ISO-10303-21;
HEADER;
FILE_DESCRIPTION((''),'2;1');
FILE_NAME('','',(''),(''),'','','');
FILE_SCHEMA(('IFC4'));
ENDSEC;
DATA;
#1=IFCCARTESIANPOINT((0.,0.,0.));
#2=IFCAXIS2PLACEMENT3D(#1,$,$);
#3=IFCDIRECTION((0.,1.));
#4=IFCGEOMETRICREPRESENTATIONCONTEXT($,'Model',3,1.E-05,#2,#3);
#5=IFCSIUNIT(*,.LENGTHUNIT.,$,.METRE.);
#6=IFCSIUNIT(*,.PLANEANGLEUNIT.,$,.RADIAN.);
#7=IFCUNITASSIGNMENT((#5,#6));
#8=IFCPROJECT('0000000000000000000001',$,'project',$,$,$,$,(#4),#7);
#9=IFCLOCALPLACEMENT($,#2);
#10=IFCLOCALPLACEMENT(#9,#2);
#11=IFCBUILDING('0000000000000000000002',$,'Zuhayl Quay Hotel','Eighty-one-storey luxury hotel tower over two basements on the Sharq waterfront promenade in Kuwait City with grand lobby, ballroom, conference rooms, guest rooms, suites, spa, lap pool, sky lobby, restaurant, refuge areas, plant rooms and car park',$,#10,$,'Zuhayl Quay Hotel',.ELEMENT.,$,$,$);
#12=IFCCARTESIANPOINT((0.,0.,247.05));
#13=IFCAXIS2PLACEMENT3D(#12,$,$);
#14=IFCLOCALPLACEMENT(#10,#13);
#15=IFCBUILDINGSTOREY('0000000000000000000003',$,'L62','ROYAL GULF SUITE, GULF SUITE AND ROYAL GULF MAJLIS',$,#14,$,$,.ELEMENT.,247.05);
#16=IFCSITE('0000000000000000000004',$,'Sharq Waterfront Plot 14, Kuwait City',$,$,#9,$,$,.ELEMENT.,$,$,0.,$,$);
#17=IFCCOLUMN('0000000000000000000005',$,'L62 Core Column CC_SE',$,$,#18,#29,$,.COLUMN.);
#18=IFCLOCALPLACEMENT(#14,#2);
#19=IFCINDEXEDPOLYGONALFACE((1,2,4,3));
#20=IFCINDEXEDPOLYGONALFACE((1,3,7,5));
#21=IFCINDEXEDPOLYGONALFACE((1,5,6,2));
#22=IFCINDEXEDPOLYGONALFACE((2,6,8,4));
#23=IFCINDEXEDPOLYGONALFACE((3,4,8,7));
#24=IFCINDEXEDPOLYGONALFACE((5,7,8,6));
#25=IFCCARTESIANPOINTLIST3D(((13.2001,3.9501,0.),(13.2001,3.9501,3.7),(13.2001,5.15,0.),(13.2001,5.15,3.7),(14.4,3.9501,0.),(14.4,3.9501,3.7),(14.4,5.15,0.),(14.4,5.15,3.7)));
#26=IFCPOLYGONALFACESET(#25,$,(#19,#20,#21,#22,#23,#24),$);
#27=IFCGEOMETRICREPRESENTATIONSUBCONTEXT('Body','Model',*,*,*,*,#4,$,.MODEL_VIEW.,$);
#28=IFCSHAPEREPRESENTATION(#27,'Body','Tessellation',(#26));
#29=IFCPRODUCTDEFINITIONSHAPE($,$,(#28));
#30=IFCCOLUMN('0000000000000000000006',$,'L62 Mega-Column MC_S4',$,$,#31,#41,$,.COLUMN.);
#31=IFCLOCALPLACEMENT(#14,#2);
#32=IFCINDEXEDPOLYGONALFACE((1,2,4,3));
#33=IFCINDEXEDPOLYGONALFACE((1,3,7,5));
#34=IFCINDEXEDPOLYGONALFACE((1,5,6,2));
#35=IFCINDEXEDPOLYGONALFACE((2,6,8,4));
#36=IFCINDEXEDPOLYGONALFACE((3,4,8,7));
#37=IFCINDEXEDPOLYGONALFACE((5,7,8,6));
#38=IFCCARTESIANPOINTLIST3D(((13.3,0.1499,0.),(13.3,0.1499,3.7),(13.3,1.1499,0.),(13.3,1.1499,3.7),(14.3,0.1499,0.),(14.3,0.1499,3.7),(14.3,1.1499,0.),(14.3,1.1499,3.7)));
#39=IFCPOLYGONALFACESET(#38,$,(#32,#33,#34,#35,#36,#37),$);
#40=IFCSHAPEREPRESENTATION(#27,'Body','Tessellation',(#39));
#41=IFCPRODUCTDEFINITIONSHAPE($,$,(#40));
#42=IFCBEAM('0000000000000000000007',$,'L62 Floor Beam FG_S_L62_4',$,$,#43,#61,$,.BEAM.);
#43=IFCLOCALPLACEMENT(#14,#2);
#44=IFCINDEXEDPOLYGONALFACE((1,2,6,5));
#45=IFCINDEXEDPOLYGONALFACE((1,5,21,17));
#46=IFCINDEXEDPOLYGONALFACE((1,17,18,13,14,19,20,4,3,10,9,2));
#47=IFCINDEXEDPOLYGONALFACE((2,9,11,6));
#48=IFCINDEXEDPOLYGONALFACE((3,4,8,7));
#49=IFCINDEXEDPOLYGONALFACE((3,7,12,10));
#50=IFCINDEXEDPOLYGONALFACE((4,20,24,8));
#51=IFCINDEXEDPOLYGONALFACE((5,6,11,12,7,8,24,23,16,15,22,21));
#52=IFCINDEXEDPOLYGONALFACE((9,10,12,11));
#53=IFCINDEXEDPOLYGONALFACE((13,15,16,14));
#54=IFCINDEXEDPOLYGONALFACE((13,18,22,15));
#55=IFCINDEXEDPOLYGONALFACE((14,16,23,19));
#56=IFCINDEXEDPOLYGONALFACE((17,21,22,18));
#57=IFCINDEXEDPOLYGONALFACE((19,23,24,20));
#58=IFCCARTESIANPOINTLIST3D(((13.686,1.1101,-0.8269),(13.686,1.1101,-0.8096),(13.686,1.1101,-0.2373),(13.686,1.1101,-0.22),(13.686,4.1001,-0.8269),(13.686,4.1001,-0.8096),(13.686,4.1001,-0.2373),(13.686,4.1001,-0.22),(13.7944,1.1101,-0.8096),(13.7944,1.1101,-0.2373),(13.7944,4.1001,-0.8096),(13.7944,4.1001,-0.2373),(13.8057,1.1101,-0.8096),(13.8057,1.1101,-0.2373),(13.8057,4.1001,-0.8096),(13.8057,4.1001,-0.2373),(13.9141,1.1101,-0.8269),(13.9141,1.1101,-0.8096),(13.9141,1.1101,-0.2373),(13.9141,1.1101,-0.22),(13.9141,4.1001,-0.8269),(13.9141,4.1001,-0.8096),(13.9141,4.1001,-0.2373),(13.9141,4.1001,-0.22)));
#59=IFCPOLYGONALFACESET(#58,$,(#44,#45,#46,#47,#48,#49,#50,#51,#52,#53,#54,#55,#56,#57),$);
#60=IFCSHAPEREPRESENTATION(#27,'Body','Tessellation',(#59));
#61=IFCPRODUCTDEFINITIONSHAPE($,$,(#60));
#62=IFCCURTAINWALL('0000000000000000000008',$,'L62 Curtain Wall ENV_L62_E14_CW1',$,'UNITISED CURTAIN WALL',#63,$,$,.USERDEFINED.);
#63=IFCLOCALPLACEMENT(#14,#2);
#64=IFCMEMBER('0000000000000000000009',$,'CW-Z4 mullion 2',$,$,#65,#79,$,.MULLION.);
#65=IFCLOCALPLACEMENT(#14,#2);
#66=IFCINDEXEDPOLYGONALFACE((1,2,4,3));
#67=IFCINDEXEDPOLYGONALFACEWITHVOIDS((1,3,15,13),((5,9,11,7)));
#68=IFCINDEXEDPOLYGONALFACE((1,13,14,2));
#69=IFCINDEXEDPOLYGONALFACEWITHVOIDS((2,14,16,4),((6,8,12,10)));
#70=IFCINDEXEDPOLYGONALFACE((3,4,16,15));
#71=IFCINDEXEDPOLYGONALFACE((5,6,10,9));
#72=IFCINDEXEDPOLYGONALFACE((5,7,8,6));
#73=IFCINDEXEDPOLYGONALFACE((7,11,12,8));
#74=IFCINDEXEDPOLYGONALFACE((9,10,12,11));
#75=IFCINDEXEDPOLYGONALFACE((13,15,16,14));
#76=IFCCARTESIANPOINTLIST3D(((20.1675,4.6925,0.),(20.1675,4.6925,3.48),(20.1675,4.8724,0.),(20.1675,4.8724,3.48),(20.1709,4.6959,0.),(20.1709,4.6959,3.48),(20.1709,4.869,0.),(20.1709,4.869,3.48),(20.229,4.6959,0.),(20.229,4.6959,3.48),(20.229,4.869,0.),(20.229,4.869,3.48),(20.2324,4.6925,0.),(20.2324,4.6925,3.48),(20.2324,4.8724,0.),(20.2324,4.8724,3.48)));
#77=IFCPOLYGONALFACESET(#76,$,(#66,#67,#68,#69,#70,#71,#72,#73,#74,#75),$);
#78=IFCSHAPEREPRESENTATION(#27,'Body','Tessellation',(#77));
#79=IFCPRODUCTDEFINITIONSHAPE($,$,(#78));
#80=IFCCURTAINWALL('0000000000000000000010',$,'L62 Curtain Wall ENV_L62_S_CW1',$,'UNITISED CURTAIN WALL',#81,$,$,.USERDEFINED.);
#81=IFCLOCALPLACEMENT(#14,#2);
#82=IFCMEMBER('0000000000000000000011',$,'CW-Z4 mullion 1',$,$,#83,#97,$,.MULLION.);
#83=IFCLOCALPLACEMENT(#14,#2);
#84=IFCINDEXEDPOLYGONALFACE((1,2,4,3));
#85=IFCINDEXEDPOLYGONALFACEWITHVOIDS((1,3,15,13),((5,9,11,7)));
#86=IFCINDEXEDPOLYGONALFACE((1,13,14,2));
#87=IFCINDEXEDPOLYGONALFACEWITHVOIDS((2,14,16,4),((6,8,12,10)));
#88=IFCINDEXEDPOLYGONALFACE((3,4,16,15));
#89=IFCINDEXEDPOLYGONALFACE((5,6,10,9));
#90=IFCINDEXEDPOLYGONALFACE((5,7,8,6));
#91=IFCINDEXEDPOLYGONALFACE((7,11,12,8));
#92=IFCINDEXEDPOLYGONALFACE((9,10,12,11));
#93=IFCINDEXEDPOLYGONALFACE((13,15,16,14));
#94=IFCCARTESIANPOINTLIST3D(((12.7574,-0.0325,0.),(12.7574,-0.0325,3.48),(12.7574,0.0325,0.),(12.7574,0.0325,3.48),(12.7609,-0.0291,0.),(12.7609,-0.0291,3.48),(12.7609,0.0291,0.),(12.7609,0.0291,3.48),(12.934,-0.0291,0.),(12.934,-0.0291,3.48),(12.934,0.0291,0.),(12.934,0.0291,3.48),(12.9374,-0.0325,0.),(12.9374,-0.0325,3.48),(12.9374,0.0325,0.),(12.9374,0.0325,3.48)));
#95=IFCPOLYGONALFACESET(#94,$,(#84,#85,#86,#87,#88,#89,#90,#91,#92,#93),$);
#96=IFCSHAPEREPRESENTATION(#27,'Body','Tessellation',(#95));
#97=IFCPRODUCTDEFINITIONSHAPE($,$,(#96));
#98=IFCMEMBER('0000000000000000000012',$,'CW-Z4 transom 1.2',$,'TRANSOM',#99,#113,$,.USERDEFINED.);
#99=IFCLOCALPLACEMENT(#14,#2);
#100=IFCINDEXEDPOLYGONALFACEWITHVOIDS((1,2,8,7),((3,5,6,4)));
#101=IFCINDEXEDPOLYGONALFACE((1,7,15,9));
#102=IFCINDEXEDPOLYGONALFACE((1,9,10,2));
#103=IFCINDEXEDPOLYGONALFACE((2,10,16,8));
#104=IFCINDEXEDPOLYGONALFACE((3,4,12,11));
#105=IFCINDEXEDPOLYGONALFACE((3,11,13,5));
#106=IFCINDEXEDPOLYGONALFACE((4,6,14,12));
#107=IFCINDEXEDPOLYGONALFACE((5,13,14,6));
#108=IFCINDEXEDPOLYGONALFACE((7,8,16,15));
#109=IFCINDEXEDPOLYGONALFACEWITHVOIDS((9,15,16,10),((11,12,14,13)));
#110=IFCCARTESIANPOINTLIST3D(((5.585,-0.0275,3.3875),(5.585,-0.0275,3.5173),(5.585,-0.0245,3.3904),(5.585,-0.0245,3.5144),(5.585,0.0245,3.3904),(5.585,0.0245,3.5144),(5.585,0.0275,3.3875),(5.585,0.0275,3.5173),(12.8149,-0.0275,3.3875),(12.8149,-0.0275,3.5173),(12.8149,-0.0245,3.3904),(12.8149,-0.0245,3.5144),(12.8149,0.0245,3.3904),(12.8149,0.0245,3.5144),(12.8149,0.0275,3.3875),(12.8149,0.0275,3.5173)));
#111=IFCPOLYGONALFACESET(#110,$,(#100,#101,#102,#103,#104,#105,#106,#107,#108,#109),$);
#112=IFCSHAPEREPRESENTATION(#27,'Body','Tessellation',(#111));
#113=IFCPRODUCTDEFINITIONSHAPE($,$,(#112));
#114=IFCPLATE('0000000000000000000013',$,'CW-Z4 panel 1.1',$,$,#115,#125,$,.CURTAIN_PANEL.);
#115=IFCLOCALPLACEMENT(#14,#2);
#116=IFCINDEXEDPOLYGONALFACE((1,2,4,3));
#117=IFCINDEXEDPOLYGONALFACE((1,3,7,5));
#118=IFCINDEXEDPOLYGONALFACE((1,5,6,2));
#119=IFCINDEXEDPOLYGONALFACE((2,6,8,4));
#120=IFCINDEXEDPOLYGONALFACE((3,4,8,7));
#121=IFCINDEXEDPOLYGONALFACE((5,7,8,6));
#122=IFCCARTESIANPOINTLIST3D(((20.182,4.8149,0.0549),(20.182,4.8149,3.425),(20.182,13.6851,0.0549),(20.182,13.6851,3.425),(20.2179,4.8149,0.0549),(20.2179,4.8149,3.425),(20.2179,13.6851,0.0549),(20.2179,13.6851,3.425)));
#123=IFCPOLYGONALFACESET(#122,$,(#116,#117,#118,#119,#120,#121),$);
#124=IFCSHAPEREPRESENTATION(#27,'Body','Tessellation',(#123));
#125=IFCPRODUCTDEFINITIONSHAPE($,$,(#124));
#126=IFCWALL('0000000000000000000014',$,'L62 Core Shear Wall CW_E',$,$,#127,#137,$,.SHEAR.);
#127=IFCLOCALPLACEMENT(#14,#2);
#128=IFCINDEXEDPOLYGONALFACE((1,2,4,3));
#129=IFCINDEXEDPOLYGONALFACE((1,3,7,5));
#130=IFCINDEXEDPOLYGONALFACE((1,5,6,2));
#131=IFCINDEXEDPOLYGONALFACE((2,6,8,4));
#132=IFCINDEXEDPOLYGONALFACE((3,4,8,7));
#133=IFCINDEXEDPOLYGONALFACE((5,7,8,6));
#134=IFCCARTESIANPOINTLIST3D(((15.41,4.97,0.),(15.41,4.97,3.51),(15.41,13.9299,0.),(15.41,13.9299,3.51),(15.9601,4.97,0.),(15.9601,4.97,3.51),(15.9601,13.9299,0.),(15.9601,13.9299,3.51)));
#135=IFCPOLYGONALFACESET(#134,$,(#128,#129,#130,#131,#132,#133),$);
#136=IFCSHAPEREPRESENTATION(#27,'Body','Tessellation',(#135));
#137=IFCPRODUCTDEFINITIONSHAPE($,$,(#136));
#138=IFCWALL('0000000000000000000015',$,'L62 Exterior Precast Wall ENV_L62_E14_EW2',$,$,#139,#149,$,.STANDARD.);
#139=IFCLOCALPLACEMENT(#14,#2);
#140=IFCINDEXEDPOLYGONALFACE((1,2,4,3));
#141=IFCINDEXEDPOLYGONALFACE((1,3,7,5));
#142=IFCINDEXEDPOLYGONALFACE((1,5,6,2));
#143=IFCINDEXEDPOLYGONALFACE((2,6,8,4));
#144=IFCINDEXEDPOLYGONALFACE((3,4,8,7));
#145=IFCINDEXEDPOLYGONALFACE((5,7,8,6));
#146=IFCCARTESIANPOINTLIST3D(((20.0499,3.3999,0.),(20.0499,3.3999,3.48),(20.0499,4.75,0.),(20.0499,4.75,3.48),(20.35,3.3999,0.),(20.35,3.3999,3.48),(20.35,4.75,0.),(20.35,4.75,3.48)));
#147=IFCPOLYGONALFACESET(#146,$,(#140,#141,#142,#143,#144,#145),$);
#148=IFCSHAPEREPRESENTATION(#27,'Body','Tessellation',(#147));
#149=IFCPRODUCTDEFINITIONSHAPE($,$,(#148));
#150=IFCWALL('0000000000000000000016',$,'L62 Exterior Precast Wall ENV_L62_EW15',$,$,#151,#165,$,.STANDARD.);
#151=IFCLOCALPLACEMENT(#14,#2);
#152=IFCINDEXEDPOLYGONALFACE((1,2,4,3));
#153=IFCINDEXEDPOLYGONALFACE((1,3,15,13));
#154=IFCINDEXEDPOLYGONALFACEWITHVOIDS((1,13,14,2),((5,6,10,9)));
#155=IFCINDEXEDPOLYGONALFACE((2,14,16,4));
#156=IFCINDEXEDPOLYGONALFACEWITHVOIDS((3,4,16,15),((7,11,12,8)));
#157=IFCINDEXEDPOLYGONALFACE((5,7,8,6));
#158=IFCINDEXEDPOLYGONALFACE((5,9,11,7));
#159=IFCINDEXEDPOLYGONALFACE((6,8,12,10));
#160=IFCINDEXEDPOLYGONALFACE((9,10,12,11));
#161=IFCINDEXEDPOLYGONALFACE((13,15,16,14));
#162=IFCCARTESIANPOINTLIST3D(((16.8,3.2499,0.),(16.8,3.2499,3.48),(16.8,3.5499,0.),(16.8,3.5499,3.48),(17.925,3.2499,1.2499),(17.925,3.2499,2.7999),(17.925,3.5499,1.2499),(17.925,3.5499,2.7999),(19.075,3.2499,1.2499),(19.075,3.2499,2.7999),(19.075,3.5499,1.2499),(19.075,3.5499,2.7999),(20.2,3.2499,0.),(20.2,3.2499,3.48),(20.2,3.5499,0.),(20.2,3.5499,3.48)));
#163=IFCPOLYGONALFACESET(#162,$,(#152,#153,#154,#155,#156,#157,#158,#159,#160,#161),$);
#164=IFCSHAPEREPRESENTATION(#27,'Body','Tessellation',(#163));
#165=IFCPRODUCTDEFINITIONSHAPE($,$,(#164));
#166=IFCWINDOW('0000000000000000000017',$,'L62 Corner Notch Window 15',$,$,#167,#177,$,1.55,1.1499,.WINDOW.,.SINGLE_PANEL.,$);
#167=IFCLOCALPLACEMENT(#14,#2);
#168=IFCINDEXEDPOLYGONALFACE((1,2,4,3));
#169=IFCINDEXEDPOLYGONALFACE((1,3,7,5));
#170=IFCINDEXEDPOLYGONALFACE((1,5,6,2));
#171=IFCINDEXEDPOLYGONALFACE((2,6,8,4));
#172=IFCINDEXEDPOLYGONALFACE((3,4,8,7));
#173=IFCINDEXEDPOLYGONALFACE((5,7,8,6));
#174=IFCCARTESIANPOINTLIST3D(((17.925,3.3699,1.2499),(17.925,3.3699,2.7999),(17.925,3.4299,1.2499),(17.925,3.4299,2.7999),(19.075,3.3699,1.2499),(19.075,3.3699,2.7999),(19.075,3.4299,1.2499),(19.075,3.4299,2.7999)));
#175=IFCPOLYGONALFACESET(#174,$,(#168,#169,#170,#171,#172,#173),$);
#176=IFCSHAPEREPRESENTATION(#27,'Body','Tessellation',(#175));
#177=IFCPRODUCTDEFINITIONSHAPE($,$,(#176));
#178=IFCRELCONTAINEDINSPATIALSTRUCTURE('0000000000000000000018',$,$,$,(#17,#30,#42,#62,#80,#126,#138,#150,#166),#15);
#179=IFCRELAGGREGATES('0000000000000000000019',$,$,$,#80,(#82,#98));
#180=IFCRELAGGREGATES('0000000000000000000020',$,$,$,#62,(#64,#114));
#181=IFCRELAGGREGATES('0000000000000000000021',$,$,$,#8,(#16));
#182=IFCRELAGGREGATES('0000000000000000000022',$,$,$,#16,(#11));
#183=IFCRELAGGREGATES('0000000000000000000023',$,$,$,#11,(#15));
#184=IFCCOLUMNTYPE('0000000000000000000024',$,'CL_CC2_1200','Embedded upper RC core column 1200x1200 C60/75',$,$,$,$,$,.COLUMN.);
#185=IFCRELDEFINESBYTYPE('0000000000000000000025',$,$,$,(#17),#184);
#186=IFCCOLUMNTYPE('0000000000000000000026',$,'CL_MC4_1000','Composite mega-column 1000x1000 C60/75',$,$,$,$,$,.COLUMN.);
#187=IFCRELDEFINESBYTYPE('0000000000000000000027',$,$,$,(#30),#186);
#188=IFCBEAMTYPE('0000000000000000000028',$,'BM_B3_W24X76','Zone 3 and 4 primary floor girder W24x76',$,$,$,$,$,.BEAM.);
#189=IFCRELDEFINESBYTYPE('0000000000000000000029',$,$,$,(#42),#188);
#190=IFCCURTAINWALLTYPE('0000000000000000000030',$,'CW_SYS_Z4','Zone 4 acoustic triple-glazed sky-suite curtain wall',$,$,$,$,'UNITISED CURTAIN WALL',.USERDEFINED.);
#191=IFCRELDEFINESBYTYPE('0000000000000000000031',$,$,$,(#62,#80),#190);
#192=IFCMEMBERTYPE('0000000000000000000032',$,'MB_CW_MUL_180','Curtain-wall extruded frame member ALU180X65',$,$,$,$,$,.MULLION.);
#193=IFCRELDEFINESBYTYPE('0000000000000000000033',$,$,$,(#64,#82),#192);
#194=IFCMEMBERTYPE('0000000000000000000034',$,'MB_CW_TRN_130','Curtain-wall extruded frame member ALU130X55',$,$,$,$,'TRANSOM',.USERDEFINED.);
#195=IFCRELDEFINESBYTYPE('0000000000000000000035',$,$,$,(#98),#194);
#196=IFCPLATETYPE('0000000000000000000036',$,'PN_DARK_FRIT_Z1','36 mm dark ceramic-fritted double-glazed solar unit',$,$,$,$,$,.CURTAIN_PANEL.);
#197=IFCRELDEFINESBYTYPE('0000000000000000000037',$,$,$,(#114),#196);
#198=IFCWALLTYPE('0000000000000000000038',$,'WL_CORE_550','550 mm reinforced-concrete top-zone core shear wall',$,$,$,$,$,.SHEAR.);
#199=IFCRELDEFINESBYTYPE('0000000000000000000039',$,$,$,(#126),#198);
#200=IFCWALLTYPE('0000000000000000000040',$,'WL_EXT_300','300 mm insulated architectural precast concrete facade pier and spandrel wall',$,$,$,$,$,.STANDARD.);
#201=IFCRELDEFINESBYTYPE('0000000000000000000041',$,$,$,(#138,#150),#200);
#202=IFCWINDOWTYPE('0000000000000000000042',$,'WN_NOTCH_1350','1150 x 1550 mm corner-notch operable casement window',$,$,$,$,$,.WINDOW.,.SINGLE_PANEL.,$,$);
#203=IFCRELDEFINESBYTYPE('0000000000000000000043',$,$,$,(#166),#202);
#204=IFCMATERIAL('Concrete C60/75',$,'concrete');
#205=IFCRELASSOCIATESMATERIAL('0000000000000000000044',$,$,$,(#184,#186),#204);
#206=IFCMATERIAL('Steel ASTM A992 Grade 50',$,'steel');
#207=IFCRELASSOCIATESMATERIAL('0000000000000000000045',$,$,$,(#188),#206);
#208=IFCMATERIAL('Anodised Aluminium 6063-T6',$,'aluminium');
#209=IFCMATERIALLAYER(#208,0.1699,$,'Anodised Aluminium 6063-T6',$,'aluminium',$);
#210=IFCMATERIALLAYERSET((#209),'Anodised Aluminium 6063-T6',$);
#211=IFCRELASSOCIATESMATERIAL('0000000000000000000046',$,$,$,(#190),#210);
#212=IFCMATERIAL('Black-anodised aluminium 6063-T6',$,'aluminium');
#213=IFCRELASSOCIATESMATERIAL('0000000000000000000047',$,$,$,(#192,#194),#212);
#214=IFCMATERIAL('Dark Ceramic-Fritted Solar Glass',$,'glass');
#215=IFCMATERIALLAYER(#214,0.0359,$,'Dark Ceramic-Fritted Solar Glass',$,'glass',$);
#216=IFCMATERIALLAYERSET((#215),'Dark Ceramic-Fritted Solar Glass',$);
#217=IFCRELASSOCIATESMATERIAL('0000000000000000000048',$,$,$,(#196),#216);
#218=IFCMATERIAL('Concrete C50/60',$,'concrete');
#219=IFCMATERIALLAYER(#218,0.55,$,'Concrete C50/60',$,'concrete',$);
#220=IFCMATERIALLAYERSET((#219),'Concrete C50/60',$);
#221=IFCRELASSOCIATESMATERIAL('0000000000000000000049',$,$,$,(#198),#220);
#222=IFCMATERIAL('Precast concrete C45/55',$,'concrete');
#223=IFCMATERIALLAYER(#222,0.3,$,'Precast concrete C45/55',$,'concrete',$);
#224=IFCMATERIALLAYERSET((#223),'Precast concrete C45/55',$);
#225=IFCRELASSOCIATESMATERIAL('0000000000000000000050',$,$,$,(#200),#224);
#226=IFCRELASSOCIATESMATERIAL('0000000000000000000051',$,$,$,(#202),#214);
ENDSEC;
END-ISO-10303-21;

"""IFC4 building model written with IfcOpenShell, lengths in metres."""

from ifc_helpers import new_model, si_unit, direction, frame, frame_2d, origin, origin_2d, place, context, subcontext, project, spatial, rectangle, hollow_rectangle, i_section, extrude, material, layer, layer_set, material_profile, profile_set, type_object, element, fill, aggregate, save


model = new_model("IFC4")

# Units and contexts
model_context = context("Model", 3, precision=1e-05, world=origin(), true_north=direction((0.0, 1.0)))
body_context = subcontext(model_context, "Body", "Model", "MODEL_VIEW")
ifc_project = project(units=[si_unit("LENGTHUNIT", "METRE"), si_unit("PLANEANGLEUNIT", "RADIAN")], contexts=[model_context])

# Site, building, storey
site_placement = place(None, origin())
site = spatial("IfcSite", under=ifc_project, at=site_placement, Name="Sharq Waterfront Plot 14, Kuwait City", CompositionType="ELEMENT", RefElevation=0.0)
building_placement = place(site_placement, origin())
building = spatial("IfcBuilding", under=site, at=building_placement, Name="Zuhayl Quay Hotel", Description="Eighty-one-storey luxury hotel tower over two basements on the Sharq waterfront promenade in Kuwait City with grand lobby, ballroom, conference rooms, guest rooms, suites, spa, lap pool, sky lobby, restaurant, refuge areas, plant rooms and car park", LongName="Zuhayl Quay Hotel", CompositionType="ELEMENT")
storey_placement = place(building_placement, frame((0.0, 0.0, 247.05)))
storey = spatial("IfcBuildingStorey", under=building, at=storey_placement, Name="L62", Description="ROYAL GULF SUITE, GULF SUITE AND ROYAL GULF MAJLIS", CompositionType="ELEMENT", Elevation=247.05)

# Columns
ifc_material_1 = material(Name="Concrete C60/75", Category="concrete")
ifc_material_profile_1 = material_profile(ifc_material_1, rectangle(XDim=1.2, YDim=1.2, at=origin_2d()), Name="RC1200X1200")
ifc_profile_set_1 = profile_set([ifc_material_profile_1], Name="Concrete C60/75")
column_type_1 = type_object("IfcColumnType", Name="CL_CC2_1200", Description="Embedded upper RC core column 1200x1200 C60/75", PredefinedType="COLUMN", material=ifc_profile_set_1)
column_1_placement = place(storey_placement, frame((13.8, 4.55, 0.0), z_axis=(0.0, 0.0, 1.0), x_axis=(1.0, 0.0, 0.0)))
element("IfcColumn", 1, at=column_1_placement, inside=storey, type_object=column_type_1, Name="L62 Core Column CC_SE", PredefinedType="COLUMN", context=body_context, shape_type="SweptSolid", body=[
    extrude(rectangle(XDim=1.2, YDim=1.2, at=origin_2d()), origin(), (0.0, 0.0, 1.0), 3.7),
])
ifc_material_profile_2 = material_profile(ifc_material_1, rectangle(XDim=1.0, YDim=1.0, at=origin_2d()), Name="RC1000X1000")
ifc_profile_set_2 = profile_set([ifc_material_profile_2], Name="Concrete C60/75")
column_type_2 = type_object("IfcColumnType", Name="CL_MC4_1000", Description="Composite mega-column 1000x1000 C60/75", PredefinedType="COLUMN", material=ifc_profile_set_2)
column_2_placement = place(storey_placement, frame((13.8, 0.6499, 0.0), z_axis=(0.0, 0.0, 1.0), x_axis=(1.0, 0.0, 0.0)))
element("IfcColumn", 2, at=column_2_placement, inside=storey, type_object=column_type_2, Name="L62 Mega-Column MC_S4", PredefinedType="COLUMN", context=body_context, shape_type="SweptSolid", body=[
    extrude(rectangle(XDim=1.0, YDim=1.0, at=origin_2d()), origin(), (0.0, 0.0, 1.0), 3.7),
])

# Beam
ifc_material_2 = material(Name="Steel ASTM A992 Grade 50", Category="steel")
ifc_material_profile_3 = material_profile(ifc_material_2, i_section(OverallWidth=0.228, OverallDepth=0.6069, WebThickness=0.0112, FlangeThickness=0.0173, at=origin_2d()), Name="W24X76")
ifc_profile_set_3 = profile_set([ifc_material_profile_3], Name="Steel ASTM A992 Grade 50")
beam_type = type_object("IfcBeamType", Name="BM_B3_W24X76", Description="Zone 3 and 4 primary floor girder W24x76", PredefinedType="BEAM", material=ifc_profile_set_3)
beam_placement = place(storey_placement, frame((13.8, 1.1101, -0.5234), z_axis=(0.0, 1.0, 0.0), x_axis=(-1.0, 0.0, 0.0)))
element("IfcBeam", 3, at=beam_placement, inside=storey, type_object=beam_type, Name="L62 Floor Beam FG_S_L62_4", PredefinedType="BEAM", context=body_context, shape_type="SweptSolid", body=[
    extrude(i_section(OverallWidth=0.228, OverallDepth=0.6069, WebThickness=0.0112, FlangeThickness=0.0173, at=origin_2d()), origin(), (0.0, 0.0, 1.0), 2.99),
])

# Curtain wall, member
ifc_material_3 = material(Name="Anodised Aluminium 6063-T6", Category="aluminium")
ifc_layer_1 = layer(ifc_material_3, 0.1699, Name="Anodised Aluminium 6063-T6", Category="aluminium")
ifc_layer_set_1 = layer_set([ifc_layer_1], Name="Anodised Aluminium 6063-T6")
curtain_wall_type = type_object("IfcCurtainWallType", Name="CW_SYS_Z4", Description="Zone 4 acoustic triple-glazed sky-suite curtain wall", ElementType="UNITISED CURTAIN WALL", PredefinedType="USERDEFINED", material=ifc_layer_set_1)
curtain_wall_1_placement = place(storey_placement, origin())
curtain_wall_1 = element("IfcCurtainWall", 4, at=curtain_wall_1_placement, inside=storey, type_object=curtain_wall_type, Name="L62 Curtain Wall ENV_L62_E14_CW1", ObjectType="UNITISED CURTAIN WALL", PredefinedType="USERDEFINED")
ifc_material_4 = material(Name="Black-anodised aluminium 6063-T6", Category="aluminium")
ifc_material_profile_4 = material_profile(ifc_material_4, hollow_rectangle(XDim=0.0649, YDim=0.1799, WallThickness=0.0034, at=origin_2d()), Name="ALU180X65")
ifc_profile_set_4 = profile_set([ifc_material_profile_4], Name="Black-anodised aluminium 6063-T6")
member_type_1 = type_object("IfcMemberType", Name="MB_CW_MUL_180", Description="Curtain-wall extruded frame member ALU180X65", PredefinedType="MULLION", material=ifc_profile_set_4)
member_1_placement = place(storey_placement, frame((20.2, 4.7825, 0.0), z_axis=(0.0, 0.0, 1.0), x_axis=(1.0, 0.0, 0.0)))
member_1 = element("IfcMember", 5, at=member_1_placement, type_object=member_type_1, Name="CW-Z4 mullion 2", PredefinedType="MULLION", context=body_context, shape_type="SweptSolid", body=[
    extrude(hollow_rectangle(XDim=0.0649, YDim=0.1799, WallThickness=0.0034, at=origin_2d()), origin(), (0.0, 0.0, 1.0), 3.48),
])

# Curtain wall, members
curtain_wall_2_placement = place(storey_placement, origin())
curtain_wall_2 = element("IfcCurtainWall", 6, at=curtain_wall_2_placement, inside=storey, type_object=curtain_wall_type, Name="L62 Curtain Wall ENV_L62_S_CW1", ObjectType="UNITISED CURTAIN WALL", PredefinedType="USERDEFINED")
member_2_placement = place(storey_placement, frame((12.8474, 0.0, 0.0), z_axis=(0.0, 0.0, 1.0), x_axis=(0.0, -1.0, 0.0)))
member_2 = element("IfcMember", 7, at=member_2_placement, type_object=member_type_1, Name="CW-Z4 mullion 1", PredefinedType="MULLION", context=body_context, shape_type="SweptSolid", body=[
    extrude(hollow_rectangle(XDim=0.0649, YDim=0.1799, WallThickness=0.0034, at=origin_2d()), origin(), (0.0, 0.0, 1.0), 3.48),
])
ifc_material_profile_5 = material_profile(ifc_material_4, hollow_rectangle(XDim=0.0549, YDim=0.1299, WallThickness=0.0029, at=origin_2d()), Name="ALU130X55")
ifc_profile_set_5 = profile_set([ifc_material_profile_5], Name="Black-anodised aluminium 6063-T6")
member_type_2 = type_object("IfcMemberType", Name="MB_CW_TRN_130", Description="Curtain-wall extruded frame member ALU130X55", ElementType="TRANSOM", PredefinedType="USERDEFINED", material=ifc_profile_set_5)
member_3_placement = place(storey_placement, frame((12.8149, 0.0, 3.4524), z_axis=(-1.0, 0.0, 0.0), x_axis=(0.0, -1.0, 0.0)))
member_3 = element("IfcMember", 8, at=member_3_placement, type_object=member_type_2, Name="CW-Z4 transom 1.2", ObjectType="TRANSOM", PredefinedType="USERDEFINED", context=body_context, shape_type="SweptSolid", body=[
    extrude(hollow_rectangle(XDim=0.0549, YDim=0.1299, WallThickness=0.0029, at=origin_2d()), origin(), (0.0, 0.0, 1.0), 7.23),
])
aggregate(curtain_wall_2, [member_2, member_3])

# Plate
ifc_material_5 = material(Name="Dark Ceramic-Fritted Solar Glass", Category="glass")
ifc_layer_2 = layer(ifc_material_5, 0.0359, Name="Dark Ceramic-Fritted Solar Glass", Category="glass")
ifc_layer_set_2 = layer_set([ifc_layer_2], Name="Dark Ceramic-Fritted Solar Glass")
plate_type = type_object("IfcPlateType", Name="PN_DARK_FRIT_Z1", Description="36 mm dark ceramic-fritted double-glazed solar unit", PredefinedType="CURTAIN_PANEL", material=ifc_layer_set_2)
plate_placement = place(storey_placement, frame((20.2, 9.25, 0.0549), z_axis=(0.0, 0.0, 1.0), x_axis=(0.0, -1.0, 0.0)))
plate = element("IfcPlate", 9, at=plate_placement, type_object=plate_type, Name="CW-Z4 panel 1.1", PredefinedType="CURTAIN_PANEL", context=body_context, shape_type="SweptSolid", body=[
    extrude(rectangle(XDim=8.8701, YDim=0.0359, at=origin_2d()), origin(), (0.0, 0.0, 1.0), 3.3701),
])
aggregate(curtain_wall_1, [member_1, plate])

# Walls
ifc_material_6 = material(Name="Concrete C50/60", Category="concrete")
ifc_layer_3 = layer(ifc_material_6, 0.55, Name="Concrete C50/60", Category="concrete")
ifc_layer_set_3 = layer_set([ifc_layer_3], Name="Concrete C50/60")
wall_type_1 = type_object("IfcWallType", Name="WL_CORE_550", Description="550 mm reinforced-concrete top-zone core shear wall", PredefinedType="SHEAR", material=ifc_layer_set_3)
wall_1_placement = place(storey_placement, frame((15.6851, 4.97, 0.0), z_axis=(0.0, 0.0, 1.0), x_axis=(0.0, 1.0, 0.0)))
element("IfcWall", 10, at=wall_1_placement, inside=storey, type_object=wall_type_1, Name="L62 Core Shear Wall CW_E", PredefinedType="SHEAR", context=body_context, shape_type="SweptSolid", body=[
    extrude(rectangle(XDim=8.96, YDim=0.55, at=frame_2d((4.48, 0.0))), origin(), (0.0, 0.0, 1.0), 3.51),
])
ifc_material_7 = material(Name="Precast concrete C45/55", Category="concrete")
ifc_layer_4 = layer(ifc_material_7, 0.3, Name="Precast concrete C45/55", Category="concrete")
ifc_layer_set_4 = layer_set([ifc_layer_4], Name="Precast concrete C45/55")
wall_type_2 = type_object("IfcWallType", Name="WL_EXT_300", Description="300 mm insulated architectural precast concrete facade pier and spandrel wall", PredefinedType="STANDARD", material=ifc_layer_set_4)
wall_2_placement = place(storey_placement, frame((20.2, 4.75, 0.0), z_axis=(0.0, 0.0, 1.0), x_axis=(0.0, -1.0, 0.0)))
element("IfcWall", 11, at=wall_2_placement, inside=storey, type_object=wall_type_2, Name="L62 Exterior Precast Wall ENV_L62_E14_EW2", PredefinedType="STANDARD", context=body_context, shape_type="SweptSolid", body=[
    extrude(rectangle(XDim=1.3501, YDim=0.3, at=frame_2d((0.675, 0.0))), origin(), (0.0, 0.0, 1.0), 3.48),
])

# Wall, opening, window
wall_3_placement = place(storey_placement, frame((20.2, 3.3999, 0.0), z_axis=(0.0, 0.0, 1.0), x_axis=(-1.0, 0.0, 0.0)))
wall_3 = element("IfcWall", 12, at=wall_3_placement, inside=storey, type_object=wall_type_2, Name="L62 Exterior Precast Wall ENV_L62_EW15", PredefinedType="STANDARD", context=body_context, shape_type="SweptSolid", body=[
    extrude(rectangle(XDim=3.3999, YDim=0.3, at=frame_2d((1.7, 0.0))), origin(), (0.0, 0.0, 1.0), 3.48),
])
opening_1_placement = place(wall_3_placement, frame((1.125, 0.0, 1.25)))
opening_1 = element("IfcOpeningElement", 13, at=opening_1_placement, cuts=wall_3, PredefinedType="OPENING", context=body_context, shape_type="SweptSolid", body=[
    extrude(rectangle(XDim=1.1499, YDim=1.55, at=frame_2d((0.575, 0.7749))), frame((0.0, 0.1599, 0.0), z_axis=(0.0, -1.0, 0.0), x_axis=(1.0, 0.0, 0.0)), (0.0, 0.0, 1.0), 0.3201),
])
window_type = type_object("IfcWindowType", Name="WN_NOTCH_1350", Description="1150 x 1550 mm corner-notch operable casement window", PartitioningType="SINGLE_PANEL", PredefinedType="WINDOW", material=ifc_material_5)
window_1_placement = place(opening_1_placement, origin())
window_1 = element("IfcWindow", 14, at=window_1_placement, inside=storey, type_object=window_type, Name="L62 Corner Notch Window 15", OverallHeight=1.55, OverallWidth=1.1499, PartitioningType="SINGLE_PANEL", PredefinedType="WINDOW", context=body_context, shape_type="SweptSolid", body=[
    extrude(rectangle(XDim=1.1499, YDim=1.55, at=frame_2d((0.575, 0.7749))), frame((0.0, 0.03, 0.0), z_axis=(0.0, -1.0, 0.0), x_axis=(1.0, 0.0, 0.0)), (0.0, 0.0, 1.0), 0.0601),
])
fill(opening_1, window_1)

save(model, "model.ifc")
